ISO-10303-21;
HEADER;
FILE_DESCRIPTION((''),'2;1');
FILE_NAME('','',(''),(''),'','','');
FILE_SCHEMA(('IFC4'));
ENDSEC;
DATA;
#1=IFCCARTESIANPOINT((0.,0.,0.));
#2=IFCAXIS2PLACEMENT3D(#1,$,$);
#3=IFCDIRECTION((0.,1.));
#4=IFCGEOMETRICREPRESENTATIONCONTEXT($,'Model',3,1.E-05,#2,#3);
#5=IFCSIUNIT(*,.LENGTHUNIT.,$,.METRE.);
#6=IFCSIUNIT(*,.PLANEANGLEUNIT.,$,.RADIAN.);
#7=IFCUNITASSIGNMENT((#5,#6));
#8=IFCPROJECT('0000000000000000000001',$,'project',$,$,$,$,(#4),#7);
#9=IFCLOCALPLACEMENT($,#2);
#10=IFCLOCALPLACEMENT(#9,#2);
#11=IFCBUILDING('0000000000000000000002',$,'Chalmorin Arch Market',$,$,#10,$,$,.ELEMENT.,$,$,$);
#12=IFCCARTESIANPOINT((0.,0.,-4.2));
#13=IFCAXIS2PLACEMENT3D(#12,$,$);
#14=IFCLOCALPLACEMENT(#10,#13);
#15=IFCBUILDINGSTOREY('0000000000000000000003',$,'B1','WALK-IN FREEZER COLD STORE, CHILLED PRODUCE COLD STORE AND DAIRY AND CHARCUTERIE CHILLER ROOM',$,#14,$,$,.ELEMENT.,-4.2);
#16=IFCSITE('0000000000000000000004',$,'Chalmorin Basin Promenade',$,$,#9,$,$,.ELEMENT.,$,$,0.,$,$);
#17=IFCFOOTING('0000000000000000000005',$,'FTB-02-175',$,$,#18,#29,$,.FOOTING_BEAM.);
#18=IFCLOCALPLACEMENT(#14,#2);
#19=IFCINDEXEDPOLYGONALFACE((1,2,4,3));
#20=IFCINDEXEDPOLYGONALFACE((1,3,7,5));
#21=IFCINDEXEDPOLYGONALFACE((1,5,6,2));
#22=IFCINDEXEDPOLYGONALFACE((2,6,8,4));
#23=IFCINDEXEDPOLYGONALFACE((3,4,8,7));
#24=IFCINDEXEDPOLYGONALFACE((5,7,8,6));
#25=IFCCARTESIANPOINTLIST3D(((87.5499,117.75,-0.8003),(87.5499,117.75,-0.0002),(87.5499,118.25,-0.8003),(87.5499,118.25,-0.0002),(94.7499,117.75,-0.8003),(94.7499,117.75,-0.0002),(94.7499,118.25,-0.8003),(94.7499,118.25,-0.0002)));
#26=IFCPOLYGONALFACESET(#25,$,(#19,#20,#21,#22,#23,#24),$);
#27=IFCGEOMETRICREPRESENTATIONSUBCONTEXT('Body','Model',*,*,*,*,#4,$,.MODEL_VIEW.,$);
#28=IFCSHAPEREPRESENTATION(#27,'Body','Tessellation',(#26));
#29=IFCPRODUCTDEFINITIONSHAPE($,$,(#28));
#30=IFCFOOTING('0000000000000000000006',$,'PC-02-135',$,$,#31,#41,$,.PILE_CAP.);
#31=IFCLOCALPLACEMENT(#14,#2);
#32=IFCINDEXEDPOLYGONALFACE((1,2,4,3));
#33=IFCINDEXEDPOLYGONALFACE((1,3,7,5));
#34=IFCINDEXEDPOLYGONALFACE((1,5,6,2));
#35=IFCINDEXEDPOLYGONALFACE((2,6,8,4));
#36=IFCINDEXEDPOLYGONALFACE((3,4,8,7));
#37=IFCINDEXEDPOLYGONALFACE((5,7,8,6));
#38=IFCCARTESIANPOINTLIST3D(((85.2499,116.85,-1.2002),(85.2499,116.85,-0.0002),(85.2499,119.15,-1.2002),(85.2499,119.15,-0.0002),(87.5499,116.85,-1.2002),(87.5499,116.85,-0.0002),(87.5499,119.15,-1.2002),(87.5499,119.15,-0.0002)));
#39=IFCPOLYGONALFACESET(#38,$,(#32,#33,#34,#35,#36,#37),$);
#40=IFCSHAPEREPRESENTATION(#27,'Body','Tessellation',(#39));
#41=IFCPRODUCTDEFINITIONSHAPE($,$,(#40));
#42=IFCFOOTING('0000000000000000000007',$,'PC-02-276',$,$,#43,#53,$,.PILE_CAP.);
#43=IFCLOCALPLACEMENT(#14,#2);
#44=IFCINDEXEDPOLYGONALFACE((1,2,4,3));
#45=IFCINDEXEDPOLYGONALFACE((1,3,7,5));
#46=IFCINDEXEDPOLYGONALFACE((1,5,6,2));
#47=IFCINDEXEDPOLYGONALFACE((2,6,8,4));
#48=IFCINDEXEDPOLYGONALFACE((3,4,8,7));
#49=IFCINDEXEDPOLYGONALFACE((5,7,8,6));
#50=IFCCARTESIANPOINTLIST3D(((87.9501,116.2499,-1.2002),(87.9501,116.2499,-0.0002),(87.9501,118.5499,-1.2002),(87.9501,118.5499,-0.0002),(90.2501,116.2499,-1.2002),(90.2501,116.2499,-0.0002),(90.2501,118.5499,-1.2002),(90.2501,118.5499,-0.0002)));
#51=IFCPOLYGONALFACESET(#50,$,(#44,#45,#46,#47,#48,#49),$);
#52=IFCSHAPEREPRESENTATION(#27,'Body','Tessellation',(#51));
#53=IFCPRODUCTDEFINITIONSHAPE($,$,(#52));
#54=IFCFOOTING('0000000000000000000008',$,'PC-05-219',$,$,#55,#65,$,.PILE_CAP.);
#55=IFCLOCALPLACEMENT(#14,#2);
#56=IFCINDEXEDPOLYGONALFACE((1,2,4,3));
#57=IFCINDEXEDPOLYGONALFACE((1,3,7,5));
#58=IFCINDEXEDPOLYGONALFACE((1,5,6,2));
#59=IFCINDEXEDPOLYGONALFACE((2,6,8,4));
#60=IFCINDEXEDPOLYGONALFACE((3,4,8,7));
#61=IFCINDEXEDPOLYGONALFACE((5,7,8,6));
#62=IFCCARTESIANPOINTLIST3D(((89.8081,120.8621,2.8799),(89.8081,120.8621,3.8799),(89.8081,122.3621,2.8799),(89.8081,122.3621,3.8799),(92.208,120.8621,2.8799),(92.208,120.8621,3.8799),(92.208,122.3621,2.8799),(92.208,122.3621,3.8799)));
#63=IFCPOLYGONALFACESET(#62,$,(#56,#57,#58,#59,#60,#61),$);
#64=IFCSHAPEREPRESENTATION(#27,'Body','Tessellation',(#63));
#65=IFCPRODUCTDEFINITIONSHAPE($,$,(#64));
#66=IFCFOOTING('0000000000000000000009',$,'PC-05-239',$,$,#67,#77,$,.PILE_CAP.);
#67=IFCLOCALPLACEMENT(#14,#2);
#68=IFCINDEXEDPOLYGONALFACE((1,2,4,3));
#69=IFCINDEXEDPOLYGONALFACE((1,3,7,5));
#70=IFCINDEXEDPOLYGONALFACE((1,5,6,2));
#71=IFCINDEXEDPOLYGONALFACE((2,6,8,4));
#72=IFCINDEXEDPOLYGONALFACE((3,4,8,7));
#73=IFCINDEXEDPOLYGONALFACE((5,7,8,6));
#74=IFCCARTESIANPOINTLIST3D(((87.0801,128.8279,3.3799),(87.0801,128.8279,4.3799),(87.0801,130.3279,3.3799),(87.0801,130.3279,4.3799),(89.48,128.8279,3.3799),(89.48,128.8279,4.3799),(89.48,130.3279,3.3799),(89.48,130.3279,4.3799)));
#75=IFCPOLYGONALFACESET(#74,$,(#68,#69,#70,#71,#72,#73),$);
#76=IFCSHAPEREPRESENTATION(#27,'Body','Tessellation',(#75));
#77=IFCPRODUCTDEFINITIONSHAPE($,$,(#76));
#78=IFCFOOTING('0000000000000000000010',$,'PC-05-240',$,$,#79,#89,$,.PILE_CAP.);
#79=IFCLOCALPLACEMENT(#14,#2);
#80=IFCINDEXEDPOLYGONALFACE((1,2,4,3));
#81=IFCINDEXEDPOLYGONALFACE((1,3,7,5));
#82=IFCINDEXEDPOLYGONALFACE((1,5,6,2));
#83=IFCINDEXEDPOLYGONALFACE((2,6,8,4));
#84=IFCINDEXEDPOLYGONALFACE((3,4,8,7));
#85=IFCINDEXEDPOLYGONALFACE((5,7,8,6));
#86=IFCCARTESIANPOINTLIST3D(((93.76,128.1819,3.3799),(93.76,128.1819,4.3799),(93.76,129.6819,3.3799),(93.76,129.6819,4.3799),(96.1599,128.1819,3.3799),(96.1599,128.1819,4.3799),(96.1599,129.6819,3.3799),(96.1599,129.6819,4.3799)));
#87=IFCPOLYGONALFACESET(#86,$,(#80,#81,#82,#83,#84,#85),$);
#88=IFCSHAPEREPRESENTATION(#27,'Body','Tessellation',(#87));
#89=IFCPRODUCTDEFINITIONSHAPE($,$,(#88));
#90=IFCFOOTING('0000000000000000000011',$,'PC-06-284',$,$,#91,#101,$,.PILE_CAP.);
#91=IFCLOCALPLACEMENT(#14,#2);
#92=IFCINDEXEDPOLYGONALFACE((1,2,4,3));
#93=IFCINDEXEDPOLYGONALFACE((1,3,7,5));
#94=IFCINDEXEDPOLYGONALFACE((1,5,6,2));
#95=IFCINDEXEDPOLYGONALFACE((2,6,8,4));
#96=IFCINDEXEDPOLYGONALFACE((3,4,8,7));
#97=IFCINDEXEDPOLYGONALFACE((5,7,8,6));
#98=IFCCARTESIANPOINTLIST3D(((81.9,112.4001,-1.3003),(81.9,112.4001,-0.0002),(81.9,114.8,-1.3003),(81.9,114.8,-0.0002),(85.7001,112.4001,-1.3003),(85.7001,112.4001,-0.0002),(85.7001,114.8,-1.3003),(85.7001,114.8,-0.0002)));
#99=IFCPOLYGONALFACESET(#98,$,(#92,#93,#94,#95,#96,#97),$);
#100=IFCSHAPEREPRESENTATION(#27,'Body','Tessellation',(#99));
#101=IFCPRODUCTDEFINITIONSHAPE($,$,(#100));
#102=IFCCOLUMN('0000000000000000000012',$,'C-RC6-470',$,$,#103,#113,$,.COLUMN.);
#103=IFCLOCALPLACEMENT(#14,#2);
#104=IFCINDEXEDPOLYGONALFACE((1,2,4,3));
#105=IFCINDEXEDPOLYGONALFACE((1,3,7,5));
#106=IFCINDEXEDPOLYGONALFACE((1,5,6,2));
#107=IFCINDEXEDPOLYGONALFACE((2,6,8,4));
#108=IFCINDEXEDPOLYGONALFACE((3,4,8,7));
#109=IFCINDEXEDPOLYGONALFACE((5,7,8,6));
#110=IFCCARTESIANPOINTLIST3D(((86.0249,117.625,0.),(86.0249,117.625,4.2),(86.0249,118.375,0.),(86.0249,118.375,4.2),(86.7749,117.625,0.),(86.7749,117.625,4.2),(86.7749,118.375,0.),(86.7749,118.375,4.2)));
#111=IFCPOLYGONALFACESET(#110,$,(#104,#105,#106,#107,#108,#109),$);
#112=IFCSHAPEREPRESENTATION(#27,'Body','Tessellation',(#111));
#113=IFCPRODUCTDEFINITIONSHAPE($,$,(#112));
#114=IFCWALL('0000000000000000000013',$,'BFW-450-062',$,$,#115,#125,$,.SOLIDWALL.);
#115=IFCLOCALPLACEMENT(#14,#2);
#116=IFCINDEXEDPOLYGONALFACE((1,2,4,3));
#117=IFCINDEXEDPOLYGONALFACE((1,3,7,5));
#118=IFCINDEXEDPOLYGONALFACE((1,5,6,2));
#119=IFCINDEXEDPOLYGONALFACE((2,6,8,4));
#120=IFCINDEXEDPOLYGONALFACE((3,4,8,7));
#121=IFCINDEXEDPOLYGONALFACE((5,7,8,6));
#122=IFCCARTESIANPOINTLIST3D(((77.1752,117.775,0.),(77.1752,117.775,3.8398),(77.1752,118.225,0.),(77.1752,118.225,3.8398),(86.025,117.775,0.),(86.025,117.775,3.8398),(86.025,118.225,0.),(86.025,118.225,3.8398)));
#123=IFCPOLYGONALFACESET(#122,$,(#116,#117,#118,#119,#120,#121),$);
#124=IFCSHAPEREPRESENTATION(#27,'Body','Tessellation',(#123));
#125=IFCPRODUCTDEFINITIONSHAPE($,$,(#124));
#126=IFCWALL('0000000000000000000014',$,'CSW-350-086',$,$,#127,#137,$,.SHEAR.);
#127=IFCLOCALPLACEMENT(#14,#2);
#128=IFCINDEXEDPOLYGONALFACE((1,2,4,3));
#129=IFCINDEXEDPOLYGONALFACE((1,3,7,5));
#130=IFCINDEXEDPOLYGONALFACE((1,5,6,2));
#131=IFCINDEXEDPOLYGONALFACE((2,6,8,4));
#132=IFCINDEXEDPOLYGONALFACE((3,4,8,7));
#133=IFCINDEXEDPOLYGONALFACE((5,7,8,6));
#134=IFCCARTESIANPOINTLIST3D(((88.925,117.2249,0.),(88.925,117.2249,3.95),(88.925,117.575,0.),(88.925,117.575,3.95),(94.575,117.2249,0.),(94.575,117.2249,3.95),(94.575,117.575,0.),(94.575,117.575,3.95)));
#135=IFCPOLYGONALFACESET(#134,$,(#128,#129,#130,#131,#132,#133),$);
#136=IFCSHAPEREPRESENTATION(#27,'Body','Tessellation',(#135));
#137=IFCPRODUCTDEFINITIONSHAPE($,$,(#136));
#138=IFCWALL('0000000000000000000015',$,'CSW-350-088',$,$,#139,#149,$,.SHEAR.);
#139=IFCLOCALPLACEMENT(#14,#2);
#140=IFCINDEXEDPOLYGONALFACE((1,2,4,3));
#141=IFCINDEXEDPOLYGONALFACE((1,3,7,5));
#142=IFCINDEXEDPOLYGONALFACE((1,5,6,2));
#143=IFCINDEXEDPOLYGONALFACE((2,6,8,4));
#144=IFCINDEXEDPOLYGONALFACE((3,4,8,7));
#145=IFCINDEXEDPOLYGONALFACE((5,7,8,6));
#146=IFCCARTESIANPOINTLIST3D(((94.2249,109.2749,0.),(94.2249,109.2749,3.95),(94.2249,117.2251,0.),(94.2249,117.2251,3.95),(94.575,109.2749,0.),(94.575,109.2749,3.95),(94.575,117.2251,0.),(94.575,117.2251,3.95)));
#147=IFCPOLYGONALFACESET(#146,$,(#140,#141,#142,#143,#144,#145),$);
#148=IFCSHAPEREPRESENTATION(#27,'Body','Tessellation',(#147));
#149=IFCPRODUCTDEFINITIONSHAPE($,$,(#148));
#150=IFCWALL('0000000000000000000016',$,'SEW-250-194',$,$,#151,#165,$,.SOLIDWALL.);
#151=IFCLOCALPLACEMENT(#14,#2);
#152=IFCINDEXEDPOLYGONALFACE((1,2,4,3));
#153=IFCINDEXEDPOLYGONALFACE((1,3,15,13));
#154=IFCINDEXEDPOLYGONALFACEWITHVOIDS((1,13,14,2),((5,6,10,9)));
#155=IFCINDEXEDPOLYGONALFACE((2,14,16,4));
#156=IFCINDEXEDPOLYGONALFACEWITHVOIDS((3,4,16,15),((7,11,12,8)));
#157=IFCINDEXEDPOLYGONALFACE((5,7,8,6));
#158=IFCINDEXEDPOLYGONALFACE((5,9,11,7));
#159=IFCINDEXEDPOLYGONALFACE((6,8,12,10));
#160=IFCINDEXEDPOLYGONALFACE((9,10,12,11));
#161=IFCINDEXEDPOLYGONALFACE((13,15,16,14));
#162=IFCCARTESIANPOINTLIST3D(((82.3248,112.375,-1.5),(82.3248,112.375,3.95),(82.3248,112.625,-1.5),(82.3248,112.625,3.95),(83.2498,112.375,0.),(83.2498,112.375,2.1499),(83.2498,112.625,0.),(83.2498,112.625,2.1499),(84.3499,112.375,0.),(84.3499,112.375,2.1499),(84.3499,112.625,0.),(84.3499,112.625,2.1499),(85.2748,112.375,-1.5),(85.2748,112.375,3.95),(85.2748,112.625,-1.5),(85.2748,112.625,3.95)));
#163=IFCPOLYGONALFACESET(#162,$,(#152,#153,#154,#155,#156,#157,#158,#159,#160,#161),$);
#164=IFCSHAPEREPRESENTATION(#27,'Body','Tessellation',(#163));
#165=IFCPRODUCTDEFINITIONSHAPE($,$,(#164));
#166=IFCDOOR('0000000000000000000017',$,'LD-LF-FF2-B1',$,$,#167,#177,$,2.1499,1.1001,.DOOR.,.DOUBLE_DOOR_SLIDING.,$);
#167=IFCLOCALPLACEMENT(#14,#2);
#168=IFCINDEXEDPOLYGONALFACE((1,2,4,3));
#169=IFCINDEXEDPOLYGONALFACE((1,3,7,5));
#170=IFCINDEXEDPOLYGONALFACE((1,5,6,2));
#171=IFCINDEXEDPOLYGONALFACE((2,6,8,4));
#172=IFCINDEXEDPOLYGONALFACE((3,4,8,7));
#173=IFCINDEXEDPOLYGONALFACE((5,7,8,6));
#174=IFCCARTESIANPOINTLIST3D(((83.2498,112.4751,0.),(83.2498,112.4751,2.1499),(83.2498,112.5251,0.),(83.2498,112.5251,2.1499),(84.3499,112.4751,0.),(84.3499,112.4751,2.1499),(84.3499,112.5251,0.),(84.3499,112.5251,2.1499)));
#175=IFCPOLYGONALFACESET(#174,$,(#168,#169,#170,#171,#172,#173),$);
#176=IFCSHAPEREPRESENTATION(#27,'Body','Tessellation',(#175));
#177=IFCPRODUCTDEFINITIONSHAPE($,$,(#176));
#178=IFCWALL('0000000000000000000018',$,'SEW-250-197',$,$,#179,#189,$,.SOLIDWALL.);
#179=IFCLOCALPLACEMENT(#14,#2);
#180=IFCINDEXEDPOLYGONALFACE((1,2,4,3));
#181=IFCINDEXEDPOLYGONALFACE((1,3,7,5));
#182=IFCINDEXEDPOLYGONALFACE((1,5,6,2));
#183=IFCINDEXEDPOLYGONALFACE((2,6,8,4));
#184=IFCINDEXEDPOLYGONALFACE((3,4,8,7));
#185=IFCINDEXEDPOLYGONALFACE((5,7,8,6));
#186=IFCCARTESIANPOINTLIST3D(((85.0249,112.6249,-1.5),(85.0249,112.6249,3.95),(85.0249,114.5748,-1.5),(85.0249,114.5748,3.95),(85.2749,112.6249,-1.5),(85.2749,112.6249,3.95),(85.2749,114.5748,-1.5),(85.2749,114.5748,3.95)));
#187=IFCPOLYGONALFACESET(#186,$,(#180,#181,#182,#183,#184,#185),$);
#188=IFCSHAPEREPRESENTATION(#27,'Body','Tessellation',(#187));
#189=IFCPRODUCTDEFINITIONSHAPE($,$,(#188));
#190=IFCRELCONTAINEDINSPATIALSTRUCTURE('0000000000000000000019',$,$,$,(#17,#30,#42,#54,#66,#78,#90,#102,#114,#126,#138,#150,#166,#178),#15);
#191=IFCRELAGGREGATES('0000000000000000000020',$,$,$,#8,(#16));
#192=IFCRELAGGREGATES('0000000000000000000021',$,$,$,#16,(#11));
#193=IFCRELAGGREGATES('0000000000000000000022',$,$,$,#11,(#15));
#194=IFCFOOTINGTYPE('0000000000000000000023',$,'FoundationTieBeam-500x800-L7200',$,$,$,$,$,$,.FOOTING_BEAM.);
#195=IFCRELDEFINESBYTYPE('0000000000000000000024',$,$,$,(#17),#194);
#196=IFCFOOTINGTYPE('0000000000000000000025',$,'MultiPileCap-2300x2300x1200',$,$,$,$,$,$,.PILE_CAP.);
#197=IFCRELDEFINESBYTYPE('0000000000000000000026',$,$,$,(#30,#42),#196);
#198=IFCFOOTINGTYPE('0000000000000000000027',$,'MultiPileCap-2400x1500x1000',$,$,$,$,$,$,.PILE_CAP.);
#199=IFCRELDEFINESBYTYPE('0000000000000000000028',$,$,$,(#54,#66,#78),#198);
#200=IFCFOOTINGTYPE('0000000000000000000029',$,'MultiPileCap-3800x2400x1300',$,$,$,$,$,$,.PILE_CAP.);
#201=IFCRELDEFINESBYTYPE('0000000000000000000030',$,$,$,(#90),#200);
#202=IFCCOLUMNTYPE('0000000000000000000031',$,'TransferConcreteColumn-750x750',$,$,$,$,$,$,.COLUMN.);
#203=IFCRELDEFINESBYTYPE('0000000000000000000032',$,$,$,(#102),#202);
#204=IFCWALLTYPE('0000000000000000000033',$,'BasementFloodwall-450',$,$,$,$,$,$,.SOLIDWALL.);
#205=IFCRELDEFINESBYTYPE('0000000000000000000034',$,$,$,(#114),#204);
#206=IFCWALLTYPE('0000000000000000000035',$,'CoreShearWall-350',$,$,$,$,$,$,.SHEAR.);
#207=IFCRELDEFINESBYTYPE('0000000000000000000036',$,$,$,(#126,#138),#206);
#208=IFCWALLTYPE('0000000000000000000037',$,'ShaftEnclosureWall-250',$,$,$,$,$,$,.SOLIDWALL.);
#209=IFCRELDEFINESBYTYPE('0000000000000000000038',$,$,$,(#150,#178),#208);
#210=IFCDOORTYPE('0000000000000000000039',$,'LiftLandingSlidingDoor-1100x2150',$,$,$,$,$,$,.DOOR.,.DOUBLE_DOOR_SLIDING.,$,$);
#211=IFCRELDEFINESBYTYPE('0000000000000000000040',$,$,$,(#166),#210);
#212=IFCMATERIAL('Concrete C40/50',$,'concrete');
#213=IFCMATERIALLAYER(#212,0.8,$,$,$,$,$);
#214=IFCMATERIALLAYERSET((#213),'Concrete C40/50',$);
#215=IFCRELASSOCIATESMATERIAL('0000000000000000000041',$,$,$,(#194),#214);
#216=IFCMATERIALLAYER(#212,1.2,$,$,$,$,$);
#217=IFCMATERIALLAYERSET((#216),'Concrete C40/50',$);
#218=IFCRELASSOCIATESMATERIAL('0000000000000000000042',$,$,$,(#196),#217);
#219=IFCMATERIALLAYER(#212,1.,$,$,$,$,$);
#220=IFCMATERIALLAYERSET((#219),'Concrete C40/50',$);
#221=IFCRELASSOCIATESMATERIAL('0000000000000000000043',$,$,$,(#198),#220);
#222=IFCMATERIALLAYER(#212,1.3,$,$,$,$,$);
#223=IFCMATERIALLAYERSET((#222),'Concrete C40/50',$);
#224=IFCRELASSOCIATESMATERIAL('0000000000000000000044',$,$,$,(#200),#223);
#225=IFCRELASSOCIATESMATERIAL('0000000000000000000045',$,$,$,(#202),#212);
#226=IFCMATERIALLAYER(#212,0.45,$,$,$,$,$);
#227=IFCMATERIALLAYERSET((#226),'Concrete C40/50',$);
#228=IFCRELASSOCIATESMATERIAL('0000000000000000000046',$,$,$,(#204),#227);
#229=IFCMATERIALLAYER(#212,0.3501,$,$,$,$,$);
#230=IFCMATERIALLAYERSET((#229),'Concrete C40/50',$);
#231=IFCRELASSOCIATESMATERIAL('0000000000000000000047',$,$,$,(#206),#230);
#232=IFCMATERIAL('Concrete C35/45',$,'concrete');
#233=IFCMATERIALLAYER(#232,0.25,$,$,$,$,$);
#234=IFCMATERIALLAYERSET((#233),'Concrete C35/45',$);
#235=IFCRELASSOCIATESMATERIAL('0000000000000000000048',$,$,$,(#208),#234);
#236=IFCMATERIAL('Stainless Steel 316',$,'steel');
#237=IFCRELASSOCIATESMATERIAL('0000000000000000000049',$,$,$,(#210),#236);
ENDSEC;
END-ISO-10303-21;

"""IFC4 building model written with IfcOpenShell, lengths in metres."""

from ifc_helpers import new_model, si_unit, direction, frame, frame_2d, origin, origin_2d, place, context, subcontext, project, spatial, rectangle, extrude, material, layer, layer_set, material_profile, profile_set, type_object, element, fill, save


model = new_model("IFC4")

# Units and contexts
model_context = context("Model", 3, precision=1e-05, world=origin(), true_north=direction((0.0, 1.0)))
body_context = subcontext(model_context, "Body", "Model", "MODEL_VIEW")
ifc_project = project(units=[si_unit("LENGTHUNIT", "METRE"), si_unit("PLANEANGLEUNIT", "RADIAN")], contexts=[model_context])

# Site, building, storey
site_placement = place(None, origin())
site = spatial("IfcSite", under=ifc_project, at=site_placement, Name="Chalmorin Basin Promenade", CompositionType="ELEMENT", RefElevation=0.0)
building_placement = place(site_placement, origin())
building = spatial("IfcBuilding", under=site, at=building_placement, Name="Chalmorin Arch Market", CompositionType="ELEMENT")
storey_placement = place(building_placement, frame((0.0, 0.0, -4.2)))
storey = spatial("IfcBuildingStorey", under=building, at=storey_placement, Name="B1", Description="WALK-IN FREEZER COLD STORE, CHILLED PRODUCE COLD STORE AND DAIRY AND CHARCUTERIE CHILLER ROOM", CompositionType="ELEMENT", Elevation=-4.2)

# Footings
ifc_material_1 = material(Name="Concrete C40/50", Category="concrete")
ifc_layer_1 = layer(ifc_material_1, 0.8)
ifc_layer_set_1 = layer_set([ifc_layer_1], Name="Concrete C40/50")
footing_type_1 = type_object("IfcFootingType", Name="FoundationTieBeam-500x800-L7200", PredefinedType="FOOTING_BEAM", material=ifc_layer_set_1)
footing_1_placement = place(storey_placement, frame((91.1499, 118.0, -0.8003), z_axis=(0.0, 0.0, 1.0), x_axis=(1.0, 0.0, 0.0)))
element("IfcFooting", 1, at=footing_1_placement, inside=storey, type_object=footing_type_1, Name="FTB-02-175", PredefinedType="FOOTING_BEAM", context=body_context, shape_type="SweptSolid", body=[
    extrude(rectangle(XDim=7.2, YDim=0.5, at=origin_2d()), origin(), (0.0, 0.0, 1.0), 0.8),
])
ifc_layer_2 = layer(ifc_material_1, 1.2)
ifc_layer_set_2 = layer_set([ifc_layer_2], Name="Concrete C40/50")
footing_type_2 = type_object("IfcFootingType", Name="MultiPileCap-2300x2300x1200", PredefinedType="PILE_CAP", material=ifc_layer_set_2)
for number, where, z_axis, x_axis, name in (
    (2, (86.3999, 118.0, -1.2002), (0.0, 0.0, 1.0), (1.0, 0.0, 0.0), "PC-02-135"),
    (3, (89.1001, 117.3999, -1.2002), (0.0, 0.0, 1.0), (1.0, 0.0, 0.0), "PC-02-276"),
):
    element("IfcFooting", number, at=place(storey_placement, frame(where, z_axis=z_axis, x_axis=x_axis)), inside=storey, type_object=footing_type_2, Name=name, PredefinedType="PILE_CAP", context=body_context, shape_type="SweptSolid", body=[
        extrude(rectangle(XDim=2.3, YDim=2.3, at=origin_2d()), origin(), (0.0, 0.0, 1.0), 1.2),
    ])
ifc_layer_3 = layer(ifc_material_1, 1.0)
ifc_layer_set_3 = layer_set([ifc_layer_3], Name="Concrete C40/50")
footing_type_3 = type_object("IfcFootingType", Name="MultiPileCap-2400x1500x1000", PredefinedType="PILE_CAP", material=ifc_layer_set_3)
for number, where, z_axis, x_axis, name in (
    (4, (91.0081, 121.6121, 2.8799), (0.0, 0.0, 1.0), (1.0, 0.0, 0.0), "PC-05-219"),
    (5, (88.28, 129.5779, 3.3799), (0.0, 0.0, 1.0), (1.0, 0.0, 0.0), "PC-05-239"),
    (6, (94.96, 128.9319, 3.3799), (0.0, 0.0, 1.0), (1.0, 0.0, 0.0), "PC-05-240"),
):
    element("IfcFooting", number, at=place(storey_placement, frame(where, z_axis=z_axis, x_axis=x_axis)), inside=storey, type_object=footing_type_3, Name=name, PredefinedType="PILE_CAP", context=body_context, shape_type="SweptSolid", body=[
        extrude(rectangle(XDim=2.3999, YDim=1.5, at=origin_2d()), origin(), (0.0, 0.0, 1.0), 1.0),
    ])
ifc_layer_4 = layer(ifc_material_1, 1.3)
ifc_layer_set_4 = layer_set([ifc_layer_4], Name="Concrete C40/50")
footing_type_4 = type_object("IfcFootingType", Name="MultiPileCap-3800x2400x1300", PredefinedType="PILE_CAP", material=ifc_layer_set_4)
footing_2_placement = place(storey_placement, frame((83.8, 113.6001, -1.3003), z_axis=(0.0, 0.0, 1.0), x_axis=(1.0, 0.0, 0.0)))
element("IfcFooting", 7, at=footing_2_placement, inside=storey, type_object=footing_type_4, Name="PC-06-284", PredefinedType="PILE_CAP", context=body_context, shape_type="SweptSolid", body=[
    extrude(rectangle(XDim=3.8, YDim=2.3999, at=origin_2d()), origin(), (0.0, 0.0, 1.0), 1.3),
])

# Column
ifc_material_profile_1 = material_profile(ifc_material_1, rectangle(XDim=0.75, YDim=0.75, at=origin_2d()), Name="RC750X750")
ifc_profile_set_1 = profile_set([ifc_material_profile_1], Name="Concrete C40/50")
column_type = type_object("IfcColumnType", Name="TransferConcreteColumn-750x750", PredefinedType="COLUMN", material=ifc_profile_set_1)
column_placement = place(storey_placement, frame((86.3999, 118.0, 0.0), z_axis=(0.0, 0.0, 1.0), x_axis=(1.0, 0.0, 0.0)))
element("IfcColumn", 8, at=column_placement, inside=storey, type_object=column_type, Name="C-RC6-470", PredefinedType="COLUMN", context=body_context, shape_type="SweptSolid", body=[
    extrude(rectangle(XDim=0.75, YDim=0.75, at=origin_2d()), origin(), (0.0, 0.0, 1.0), 4.2),
])

# Walls
ifc_layer_5 = layer(ifc_material_1, 0.45)
ifc_layer_set_5 = layer_set([ifc_layer_5], Name="Concrete C40/50")
wall_type_1 = type_object("IfcWallType", Name="BasementFloodwall-450", PredefinedType="SOLIDWALL", material=ifc_layer_set_5)
wall_1_placement = place(storey_placement, frame((86.0249, 118.0, 0.0), z_axis=(0.0, 0.0, 1.0), x_axis=(-1.0, 0.0, 0.0)))
element("IfcWall", 9, at=wall_1_placement, inside=storey, type_object=wall_type_1, Name="BFW-450-062", PredefinedType="SOLIDWALL", context=body_context, shape_type="SweptSolid", body=[
    extrude(rectangle(XDim=8.8499, YDim=0.45, at=frame_2d((4.4248, 0.0))), origin(), (0.0, 0.0, 1.0), 3.8398),
])
ifc_layer_6 = layer(ifc_material_1, 0.3501)
ifc_layer_set_6 = layer_set([ifc_layer_6], Name="Concrete C40/50")
wall_type_2 = type_object("IfcWallType", Name="CoreShearWall-350", PredefinedType="SHEAR", material=ifc_layer_set_6)
wall_2_placement = place(storey_placement, frame((88.925, 117.3999, 0.0), z_axis=(0.0, 0.0, 1.0), x_axis=(1.0, 0.0, 0.0)))
element("IfcWall", 10, at=wall_2_placement, inside=storey, type_object=wall_type_2, Name="CSW-350-086", PredefinedType="SHEAR", context=body_context, shape_type="SweptSolid", body=[
    extrude(rectangle(XDim=5.6499, YDim=0.3501, at=frame_2d((2.825, 0.0))), origin(), (0.0, 0.0, 1.0), 3.95),
])
wall_3_placement = place(storey_placement, frame((94.3999, 117.2251, 0.0), z_axis=(0.0, 0.0, 1.0), x_axis=(0.0, -1.0, 0.0)))
element("IfcWall", 11, at=wall_3_placement, inside=storey, type_object=wall_type_2, Name="CSW-350-088", PredefinedType="SHEAR", context=body_context, shape_type="SweptSolid", body=[
    extrude(rectangle(XDim=7.9502, YDim=0.3501, at=frame_2d((3.9751, 0.0))), origin(), (0.0, 0.0, 1.0), 3.95),
])

# Wall, opening, door
ifc_material_2 = material(Name="Concrete C35/45", Category="concrete")
ifc_layer_7 = layer(ifc_material_2, 0.25)
ifc_layer_set_7 = layer_set([ifc_layer_7], Name="Concrete C35/45")
wall_type_3 = type_object("IfcWallType", Name="ShaftEnclosureWall-250", PredefinedType="SOLIDWALL", material=ifc_layer_set_7)
wall_4_placement = place(storey_placement, frame((85.2749, 112.5, -1.5), z_axis=(0.0, 0.0, 1.0), x_axis=(-1.0, 0.0, 0.0)))
wall_4 = element("IfcWall", 12, at=wall_4_placement, inside=storey, type_object=wall_type_3, Name="SEW-250-194", PredefinedType="SOLIDWALL", context=body_context, shape_type="SweptSolid", body=[
    extrude(rectangle(XDim=2.95, YDim=0.25, at=frame_2d((1.4751, 0.0))), origin(), (0.0, 0.0, 1.0), 5.45),
])
opening_placement = place(wall_4_placement, frame((0.925, 0.0, 1.5)))
opening = element("IfcOpeningElement", 13, at=opening_placement, cuts=wall_4, PredefinedType="OPENING", context=body_context, shape_type="SweptSolid", body=[
    extrude(rectangle(XDim=1.1001, YDim=2.1499, at=frame_2d((0.55, 1.075))), frame((0.0, 0.135, 0.0), z_axis=(0.0, -1.0, 0.0), x_axis=(1.0, 0.0, 0.0)), (0.0, 0.0, 1.0), 0.27),
])
ifc_material_3 = material(Name="Stainless Steel 316", Category="steel")
door_type = type_object("IfcDoorType", Name="LiftLandingSlidingDoor-1100x2150", OperationType="DOUBLE_DOOR_SLIDING", PredefinedType="DOOR", material=ifc_material_3)
door_placement = place(opening_placement, origin())
door = element("IfcDoor", 14, at=door_placement, inside=storey, type_object=door_type, Name="LD-LF-FF2-B1", OperationType="DOUBLE_DOOR_SLIDING", OverallHeight=2.1499, OverallWidth=1.1001, PredefinedType="DOOR", context=body_context, shape_type="SweptSolid", body=[
    extrude(rectangle(XDim=1.1001, YDim=2.1499, at=frame_2d((0.55, 1.075))), frame((0.0, 0.0249, 0.0), z_axis=(0.0, -1.0, 0.0), x_axis=(1.0, 0.0, 0.0)), (0.0, 0.0, 1.0), 0.05),
])
fill(opening, door)

# Wall
wall_5_placement = place(storey_placement, frame((85.1499, 114.575, -1.5), z_axis=(0.0, 0.0, 1.0), x_axis=(0.0, -1.0, 0.0)))
element("IfcWall", 15, at=wall_5_placement, inside=storey, type_object=wall_type_3, Name="SEW-250-197", PredefinedType="SOLIDWALL", context=body_context, shape_type="SweptSolid", body=[
    extrude(rectangle(XDim=1.95, YDim=0.25, at=frame_2d((0.9751, 0.0))), origin(), (0.0, 0.0, 1.0), 5.45),
])

save(model, "model.ifc")
